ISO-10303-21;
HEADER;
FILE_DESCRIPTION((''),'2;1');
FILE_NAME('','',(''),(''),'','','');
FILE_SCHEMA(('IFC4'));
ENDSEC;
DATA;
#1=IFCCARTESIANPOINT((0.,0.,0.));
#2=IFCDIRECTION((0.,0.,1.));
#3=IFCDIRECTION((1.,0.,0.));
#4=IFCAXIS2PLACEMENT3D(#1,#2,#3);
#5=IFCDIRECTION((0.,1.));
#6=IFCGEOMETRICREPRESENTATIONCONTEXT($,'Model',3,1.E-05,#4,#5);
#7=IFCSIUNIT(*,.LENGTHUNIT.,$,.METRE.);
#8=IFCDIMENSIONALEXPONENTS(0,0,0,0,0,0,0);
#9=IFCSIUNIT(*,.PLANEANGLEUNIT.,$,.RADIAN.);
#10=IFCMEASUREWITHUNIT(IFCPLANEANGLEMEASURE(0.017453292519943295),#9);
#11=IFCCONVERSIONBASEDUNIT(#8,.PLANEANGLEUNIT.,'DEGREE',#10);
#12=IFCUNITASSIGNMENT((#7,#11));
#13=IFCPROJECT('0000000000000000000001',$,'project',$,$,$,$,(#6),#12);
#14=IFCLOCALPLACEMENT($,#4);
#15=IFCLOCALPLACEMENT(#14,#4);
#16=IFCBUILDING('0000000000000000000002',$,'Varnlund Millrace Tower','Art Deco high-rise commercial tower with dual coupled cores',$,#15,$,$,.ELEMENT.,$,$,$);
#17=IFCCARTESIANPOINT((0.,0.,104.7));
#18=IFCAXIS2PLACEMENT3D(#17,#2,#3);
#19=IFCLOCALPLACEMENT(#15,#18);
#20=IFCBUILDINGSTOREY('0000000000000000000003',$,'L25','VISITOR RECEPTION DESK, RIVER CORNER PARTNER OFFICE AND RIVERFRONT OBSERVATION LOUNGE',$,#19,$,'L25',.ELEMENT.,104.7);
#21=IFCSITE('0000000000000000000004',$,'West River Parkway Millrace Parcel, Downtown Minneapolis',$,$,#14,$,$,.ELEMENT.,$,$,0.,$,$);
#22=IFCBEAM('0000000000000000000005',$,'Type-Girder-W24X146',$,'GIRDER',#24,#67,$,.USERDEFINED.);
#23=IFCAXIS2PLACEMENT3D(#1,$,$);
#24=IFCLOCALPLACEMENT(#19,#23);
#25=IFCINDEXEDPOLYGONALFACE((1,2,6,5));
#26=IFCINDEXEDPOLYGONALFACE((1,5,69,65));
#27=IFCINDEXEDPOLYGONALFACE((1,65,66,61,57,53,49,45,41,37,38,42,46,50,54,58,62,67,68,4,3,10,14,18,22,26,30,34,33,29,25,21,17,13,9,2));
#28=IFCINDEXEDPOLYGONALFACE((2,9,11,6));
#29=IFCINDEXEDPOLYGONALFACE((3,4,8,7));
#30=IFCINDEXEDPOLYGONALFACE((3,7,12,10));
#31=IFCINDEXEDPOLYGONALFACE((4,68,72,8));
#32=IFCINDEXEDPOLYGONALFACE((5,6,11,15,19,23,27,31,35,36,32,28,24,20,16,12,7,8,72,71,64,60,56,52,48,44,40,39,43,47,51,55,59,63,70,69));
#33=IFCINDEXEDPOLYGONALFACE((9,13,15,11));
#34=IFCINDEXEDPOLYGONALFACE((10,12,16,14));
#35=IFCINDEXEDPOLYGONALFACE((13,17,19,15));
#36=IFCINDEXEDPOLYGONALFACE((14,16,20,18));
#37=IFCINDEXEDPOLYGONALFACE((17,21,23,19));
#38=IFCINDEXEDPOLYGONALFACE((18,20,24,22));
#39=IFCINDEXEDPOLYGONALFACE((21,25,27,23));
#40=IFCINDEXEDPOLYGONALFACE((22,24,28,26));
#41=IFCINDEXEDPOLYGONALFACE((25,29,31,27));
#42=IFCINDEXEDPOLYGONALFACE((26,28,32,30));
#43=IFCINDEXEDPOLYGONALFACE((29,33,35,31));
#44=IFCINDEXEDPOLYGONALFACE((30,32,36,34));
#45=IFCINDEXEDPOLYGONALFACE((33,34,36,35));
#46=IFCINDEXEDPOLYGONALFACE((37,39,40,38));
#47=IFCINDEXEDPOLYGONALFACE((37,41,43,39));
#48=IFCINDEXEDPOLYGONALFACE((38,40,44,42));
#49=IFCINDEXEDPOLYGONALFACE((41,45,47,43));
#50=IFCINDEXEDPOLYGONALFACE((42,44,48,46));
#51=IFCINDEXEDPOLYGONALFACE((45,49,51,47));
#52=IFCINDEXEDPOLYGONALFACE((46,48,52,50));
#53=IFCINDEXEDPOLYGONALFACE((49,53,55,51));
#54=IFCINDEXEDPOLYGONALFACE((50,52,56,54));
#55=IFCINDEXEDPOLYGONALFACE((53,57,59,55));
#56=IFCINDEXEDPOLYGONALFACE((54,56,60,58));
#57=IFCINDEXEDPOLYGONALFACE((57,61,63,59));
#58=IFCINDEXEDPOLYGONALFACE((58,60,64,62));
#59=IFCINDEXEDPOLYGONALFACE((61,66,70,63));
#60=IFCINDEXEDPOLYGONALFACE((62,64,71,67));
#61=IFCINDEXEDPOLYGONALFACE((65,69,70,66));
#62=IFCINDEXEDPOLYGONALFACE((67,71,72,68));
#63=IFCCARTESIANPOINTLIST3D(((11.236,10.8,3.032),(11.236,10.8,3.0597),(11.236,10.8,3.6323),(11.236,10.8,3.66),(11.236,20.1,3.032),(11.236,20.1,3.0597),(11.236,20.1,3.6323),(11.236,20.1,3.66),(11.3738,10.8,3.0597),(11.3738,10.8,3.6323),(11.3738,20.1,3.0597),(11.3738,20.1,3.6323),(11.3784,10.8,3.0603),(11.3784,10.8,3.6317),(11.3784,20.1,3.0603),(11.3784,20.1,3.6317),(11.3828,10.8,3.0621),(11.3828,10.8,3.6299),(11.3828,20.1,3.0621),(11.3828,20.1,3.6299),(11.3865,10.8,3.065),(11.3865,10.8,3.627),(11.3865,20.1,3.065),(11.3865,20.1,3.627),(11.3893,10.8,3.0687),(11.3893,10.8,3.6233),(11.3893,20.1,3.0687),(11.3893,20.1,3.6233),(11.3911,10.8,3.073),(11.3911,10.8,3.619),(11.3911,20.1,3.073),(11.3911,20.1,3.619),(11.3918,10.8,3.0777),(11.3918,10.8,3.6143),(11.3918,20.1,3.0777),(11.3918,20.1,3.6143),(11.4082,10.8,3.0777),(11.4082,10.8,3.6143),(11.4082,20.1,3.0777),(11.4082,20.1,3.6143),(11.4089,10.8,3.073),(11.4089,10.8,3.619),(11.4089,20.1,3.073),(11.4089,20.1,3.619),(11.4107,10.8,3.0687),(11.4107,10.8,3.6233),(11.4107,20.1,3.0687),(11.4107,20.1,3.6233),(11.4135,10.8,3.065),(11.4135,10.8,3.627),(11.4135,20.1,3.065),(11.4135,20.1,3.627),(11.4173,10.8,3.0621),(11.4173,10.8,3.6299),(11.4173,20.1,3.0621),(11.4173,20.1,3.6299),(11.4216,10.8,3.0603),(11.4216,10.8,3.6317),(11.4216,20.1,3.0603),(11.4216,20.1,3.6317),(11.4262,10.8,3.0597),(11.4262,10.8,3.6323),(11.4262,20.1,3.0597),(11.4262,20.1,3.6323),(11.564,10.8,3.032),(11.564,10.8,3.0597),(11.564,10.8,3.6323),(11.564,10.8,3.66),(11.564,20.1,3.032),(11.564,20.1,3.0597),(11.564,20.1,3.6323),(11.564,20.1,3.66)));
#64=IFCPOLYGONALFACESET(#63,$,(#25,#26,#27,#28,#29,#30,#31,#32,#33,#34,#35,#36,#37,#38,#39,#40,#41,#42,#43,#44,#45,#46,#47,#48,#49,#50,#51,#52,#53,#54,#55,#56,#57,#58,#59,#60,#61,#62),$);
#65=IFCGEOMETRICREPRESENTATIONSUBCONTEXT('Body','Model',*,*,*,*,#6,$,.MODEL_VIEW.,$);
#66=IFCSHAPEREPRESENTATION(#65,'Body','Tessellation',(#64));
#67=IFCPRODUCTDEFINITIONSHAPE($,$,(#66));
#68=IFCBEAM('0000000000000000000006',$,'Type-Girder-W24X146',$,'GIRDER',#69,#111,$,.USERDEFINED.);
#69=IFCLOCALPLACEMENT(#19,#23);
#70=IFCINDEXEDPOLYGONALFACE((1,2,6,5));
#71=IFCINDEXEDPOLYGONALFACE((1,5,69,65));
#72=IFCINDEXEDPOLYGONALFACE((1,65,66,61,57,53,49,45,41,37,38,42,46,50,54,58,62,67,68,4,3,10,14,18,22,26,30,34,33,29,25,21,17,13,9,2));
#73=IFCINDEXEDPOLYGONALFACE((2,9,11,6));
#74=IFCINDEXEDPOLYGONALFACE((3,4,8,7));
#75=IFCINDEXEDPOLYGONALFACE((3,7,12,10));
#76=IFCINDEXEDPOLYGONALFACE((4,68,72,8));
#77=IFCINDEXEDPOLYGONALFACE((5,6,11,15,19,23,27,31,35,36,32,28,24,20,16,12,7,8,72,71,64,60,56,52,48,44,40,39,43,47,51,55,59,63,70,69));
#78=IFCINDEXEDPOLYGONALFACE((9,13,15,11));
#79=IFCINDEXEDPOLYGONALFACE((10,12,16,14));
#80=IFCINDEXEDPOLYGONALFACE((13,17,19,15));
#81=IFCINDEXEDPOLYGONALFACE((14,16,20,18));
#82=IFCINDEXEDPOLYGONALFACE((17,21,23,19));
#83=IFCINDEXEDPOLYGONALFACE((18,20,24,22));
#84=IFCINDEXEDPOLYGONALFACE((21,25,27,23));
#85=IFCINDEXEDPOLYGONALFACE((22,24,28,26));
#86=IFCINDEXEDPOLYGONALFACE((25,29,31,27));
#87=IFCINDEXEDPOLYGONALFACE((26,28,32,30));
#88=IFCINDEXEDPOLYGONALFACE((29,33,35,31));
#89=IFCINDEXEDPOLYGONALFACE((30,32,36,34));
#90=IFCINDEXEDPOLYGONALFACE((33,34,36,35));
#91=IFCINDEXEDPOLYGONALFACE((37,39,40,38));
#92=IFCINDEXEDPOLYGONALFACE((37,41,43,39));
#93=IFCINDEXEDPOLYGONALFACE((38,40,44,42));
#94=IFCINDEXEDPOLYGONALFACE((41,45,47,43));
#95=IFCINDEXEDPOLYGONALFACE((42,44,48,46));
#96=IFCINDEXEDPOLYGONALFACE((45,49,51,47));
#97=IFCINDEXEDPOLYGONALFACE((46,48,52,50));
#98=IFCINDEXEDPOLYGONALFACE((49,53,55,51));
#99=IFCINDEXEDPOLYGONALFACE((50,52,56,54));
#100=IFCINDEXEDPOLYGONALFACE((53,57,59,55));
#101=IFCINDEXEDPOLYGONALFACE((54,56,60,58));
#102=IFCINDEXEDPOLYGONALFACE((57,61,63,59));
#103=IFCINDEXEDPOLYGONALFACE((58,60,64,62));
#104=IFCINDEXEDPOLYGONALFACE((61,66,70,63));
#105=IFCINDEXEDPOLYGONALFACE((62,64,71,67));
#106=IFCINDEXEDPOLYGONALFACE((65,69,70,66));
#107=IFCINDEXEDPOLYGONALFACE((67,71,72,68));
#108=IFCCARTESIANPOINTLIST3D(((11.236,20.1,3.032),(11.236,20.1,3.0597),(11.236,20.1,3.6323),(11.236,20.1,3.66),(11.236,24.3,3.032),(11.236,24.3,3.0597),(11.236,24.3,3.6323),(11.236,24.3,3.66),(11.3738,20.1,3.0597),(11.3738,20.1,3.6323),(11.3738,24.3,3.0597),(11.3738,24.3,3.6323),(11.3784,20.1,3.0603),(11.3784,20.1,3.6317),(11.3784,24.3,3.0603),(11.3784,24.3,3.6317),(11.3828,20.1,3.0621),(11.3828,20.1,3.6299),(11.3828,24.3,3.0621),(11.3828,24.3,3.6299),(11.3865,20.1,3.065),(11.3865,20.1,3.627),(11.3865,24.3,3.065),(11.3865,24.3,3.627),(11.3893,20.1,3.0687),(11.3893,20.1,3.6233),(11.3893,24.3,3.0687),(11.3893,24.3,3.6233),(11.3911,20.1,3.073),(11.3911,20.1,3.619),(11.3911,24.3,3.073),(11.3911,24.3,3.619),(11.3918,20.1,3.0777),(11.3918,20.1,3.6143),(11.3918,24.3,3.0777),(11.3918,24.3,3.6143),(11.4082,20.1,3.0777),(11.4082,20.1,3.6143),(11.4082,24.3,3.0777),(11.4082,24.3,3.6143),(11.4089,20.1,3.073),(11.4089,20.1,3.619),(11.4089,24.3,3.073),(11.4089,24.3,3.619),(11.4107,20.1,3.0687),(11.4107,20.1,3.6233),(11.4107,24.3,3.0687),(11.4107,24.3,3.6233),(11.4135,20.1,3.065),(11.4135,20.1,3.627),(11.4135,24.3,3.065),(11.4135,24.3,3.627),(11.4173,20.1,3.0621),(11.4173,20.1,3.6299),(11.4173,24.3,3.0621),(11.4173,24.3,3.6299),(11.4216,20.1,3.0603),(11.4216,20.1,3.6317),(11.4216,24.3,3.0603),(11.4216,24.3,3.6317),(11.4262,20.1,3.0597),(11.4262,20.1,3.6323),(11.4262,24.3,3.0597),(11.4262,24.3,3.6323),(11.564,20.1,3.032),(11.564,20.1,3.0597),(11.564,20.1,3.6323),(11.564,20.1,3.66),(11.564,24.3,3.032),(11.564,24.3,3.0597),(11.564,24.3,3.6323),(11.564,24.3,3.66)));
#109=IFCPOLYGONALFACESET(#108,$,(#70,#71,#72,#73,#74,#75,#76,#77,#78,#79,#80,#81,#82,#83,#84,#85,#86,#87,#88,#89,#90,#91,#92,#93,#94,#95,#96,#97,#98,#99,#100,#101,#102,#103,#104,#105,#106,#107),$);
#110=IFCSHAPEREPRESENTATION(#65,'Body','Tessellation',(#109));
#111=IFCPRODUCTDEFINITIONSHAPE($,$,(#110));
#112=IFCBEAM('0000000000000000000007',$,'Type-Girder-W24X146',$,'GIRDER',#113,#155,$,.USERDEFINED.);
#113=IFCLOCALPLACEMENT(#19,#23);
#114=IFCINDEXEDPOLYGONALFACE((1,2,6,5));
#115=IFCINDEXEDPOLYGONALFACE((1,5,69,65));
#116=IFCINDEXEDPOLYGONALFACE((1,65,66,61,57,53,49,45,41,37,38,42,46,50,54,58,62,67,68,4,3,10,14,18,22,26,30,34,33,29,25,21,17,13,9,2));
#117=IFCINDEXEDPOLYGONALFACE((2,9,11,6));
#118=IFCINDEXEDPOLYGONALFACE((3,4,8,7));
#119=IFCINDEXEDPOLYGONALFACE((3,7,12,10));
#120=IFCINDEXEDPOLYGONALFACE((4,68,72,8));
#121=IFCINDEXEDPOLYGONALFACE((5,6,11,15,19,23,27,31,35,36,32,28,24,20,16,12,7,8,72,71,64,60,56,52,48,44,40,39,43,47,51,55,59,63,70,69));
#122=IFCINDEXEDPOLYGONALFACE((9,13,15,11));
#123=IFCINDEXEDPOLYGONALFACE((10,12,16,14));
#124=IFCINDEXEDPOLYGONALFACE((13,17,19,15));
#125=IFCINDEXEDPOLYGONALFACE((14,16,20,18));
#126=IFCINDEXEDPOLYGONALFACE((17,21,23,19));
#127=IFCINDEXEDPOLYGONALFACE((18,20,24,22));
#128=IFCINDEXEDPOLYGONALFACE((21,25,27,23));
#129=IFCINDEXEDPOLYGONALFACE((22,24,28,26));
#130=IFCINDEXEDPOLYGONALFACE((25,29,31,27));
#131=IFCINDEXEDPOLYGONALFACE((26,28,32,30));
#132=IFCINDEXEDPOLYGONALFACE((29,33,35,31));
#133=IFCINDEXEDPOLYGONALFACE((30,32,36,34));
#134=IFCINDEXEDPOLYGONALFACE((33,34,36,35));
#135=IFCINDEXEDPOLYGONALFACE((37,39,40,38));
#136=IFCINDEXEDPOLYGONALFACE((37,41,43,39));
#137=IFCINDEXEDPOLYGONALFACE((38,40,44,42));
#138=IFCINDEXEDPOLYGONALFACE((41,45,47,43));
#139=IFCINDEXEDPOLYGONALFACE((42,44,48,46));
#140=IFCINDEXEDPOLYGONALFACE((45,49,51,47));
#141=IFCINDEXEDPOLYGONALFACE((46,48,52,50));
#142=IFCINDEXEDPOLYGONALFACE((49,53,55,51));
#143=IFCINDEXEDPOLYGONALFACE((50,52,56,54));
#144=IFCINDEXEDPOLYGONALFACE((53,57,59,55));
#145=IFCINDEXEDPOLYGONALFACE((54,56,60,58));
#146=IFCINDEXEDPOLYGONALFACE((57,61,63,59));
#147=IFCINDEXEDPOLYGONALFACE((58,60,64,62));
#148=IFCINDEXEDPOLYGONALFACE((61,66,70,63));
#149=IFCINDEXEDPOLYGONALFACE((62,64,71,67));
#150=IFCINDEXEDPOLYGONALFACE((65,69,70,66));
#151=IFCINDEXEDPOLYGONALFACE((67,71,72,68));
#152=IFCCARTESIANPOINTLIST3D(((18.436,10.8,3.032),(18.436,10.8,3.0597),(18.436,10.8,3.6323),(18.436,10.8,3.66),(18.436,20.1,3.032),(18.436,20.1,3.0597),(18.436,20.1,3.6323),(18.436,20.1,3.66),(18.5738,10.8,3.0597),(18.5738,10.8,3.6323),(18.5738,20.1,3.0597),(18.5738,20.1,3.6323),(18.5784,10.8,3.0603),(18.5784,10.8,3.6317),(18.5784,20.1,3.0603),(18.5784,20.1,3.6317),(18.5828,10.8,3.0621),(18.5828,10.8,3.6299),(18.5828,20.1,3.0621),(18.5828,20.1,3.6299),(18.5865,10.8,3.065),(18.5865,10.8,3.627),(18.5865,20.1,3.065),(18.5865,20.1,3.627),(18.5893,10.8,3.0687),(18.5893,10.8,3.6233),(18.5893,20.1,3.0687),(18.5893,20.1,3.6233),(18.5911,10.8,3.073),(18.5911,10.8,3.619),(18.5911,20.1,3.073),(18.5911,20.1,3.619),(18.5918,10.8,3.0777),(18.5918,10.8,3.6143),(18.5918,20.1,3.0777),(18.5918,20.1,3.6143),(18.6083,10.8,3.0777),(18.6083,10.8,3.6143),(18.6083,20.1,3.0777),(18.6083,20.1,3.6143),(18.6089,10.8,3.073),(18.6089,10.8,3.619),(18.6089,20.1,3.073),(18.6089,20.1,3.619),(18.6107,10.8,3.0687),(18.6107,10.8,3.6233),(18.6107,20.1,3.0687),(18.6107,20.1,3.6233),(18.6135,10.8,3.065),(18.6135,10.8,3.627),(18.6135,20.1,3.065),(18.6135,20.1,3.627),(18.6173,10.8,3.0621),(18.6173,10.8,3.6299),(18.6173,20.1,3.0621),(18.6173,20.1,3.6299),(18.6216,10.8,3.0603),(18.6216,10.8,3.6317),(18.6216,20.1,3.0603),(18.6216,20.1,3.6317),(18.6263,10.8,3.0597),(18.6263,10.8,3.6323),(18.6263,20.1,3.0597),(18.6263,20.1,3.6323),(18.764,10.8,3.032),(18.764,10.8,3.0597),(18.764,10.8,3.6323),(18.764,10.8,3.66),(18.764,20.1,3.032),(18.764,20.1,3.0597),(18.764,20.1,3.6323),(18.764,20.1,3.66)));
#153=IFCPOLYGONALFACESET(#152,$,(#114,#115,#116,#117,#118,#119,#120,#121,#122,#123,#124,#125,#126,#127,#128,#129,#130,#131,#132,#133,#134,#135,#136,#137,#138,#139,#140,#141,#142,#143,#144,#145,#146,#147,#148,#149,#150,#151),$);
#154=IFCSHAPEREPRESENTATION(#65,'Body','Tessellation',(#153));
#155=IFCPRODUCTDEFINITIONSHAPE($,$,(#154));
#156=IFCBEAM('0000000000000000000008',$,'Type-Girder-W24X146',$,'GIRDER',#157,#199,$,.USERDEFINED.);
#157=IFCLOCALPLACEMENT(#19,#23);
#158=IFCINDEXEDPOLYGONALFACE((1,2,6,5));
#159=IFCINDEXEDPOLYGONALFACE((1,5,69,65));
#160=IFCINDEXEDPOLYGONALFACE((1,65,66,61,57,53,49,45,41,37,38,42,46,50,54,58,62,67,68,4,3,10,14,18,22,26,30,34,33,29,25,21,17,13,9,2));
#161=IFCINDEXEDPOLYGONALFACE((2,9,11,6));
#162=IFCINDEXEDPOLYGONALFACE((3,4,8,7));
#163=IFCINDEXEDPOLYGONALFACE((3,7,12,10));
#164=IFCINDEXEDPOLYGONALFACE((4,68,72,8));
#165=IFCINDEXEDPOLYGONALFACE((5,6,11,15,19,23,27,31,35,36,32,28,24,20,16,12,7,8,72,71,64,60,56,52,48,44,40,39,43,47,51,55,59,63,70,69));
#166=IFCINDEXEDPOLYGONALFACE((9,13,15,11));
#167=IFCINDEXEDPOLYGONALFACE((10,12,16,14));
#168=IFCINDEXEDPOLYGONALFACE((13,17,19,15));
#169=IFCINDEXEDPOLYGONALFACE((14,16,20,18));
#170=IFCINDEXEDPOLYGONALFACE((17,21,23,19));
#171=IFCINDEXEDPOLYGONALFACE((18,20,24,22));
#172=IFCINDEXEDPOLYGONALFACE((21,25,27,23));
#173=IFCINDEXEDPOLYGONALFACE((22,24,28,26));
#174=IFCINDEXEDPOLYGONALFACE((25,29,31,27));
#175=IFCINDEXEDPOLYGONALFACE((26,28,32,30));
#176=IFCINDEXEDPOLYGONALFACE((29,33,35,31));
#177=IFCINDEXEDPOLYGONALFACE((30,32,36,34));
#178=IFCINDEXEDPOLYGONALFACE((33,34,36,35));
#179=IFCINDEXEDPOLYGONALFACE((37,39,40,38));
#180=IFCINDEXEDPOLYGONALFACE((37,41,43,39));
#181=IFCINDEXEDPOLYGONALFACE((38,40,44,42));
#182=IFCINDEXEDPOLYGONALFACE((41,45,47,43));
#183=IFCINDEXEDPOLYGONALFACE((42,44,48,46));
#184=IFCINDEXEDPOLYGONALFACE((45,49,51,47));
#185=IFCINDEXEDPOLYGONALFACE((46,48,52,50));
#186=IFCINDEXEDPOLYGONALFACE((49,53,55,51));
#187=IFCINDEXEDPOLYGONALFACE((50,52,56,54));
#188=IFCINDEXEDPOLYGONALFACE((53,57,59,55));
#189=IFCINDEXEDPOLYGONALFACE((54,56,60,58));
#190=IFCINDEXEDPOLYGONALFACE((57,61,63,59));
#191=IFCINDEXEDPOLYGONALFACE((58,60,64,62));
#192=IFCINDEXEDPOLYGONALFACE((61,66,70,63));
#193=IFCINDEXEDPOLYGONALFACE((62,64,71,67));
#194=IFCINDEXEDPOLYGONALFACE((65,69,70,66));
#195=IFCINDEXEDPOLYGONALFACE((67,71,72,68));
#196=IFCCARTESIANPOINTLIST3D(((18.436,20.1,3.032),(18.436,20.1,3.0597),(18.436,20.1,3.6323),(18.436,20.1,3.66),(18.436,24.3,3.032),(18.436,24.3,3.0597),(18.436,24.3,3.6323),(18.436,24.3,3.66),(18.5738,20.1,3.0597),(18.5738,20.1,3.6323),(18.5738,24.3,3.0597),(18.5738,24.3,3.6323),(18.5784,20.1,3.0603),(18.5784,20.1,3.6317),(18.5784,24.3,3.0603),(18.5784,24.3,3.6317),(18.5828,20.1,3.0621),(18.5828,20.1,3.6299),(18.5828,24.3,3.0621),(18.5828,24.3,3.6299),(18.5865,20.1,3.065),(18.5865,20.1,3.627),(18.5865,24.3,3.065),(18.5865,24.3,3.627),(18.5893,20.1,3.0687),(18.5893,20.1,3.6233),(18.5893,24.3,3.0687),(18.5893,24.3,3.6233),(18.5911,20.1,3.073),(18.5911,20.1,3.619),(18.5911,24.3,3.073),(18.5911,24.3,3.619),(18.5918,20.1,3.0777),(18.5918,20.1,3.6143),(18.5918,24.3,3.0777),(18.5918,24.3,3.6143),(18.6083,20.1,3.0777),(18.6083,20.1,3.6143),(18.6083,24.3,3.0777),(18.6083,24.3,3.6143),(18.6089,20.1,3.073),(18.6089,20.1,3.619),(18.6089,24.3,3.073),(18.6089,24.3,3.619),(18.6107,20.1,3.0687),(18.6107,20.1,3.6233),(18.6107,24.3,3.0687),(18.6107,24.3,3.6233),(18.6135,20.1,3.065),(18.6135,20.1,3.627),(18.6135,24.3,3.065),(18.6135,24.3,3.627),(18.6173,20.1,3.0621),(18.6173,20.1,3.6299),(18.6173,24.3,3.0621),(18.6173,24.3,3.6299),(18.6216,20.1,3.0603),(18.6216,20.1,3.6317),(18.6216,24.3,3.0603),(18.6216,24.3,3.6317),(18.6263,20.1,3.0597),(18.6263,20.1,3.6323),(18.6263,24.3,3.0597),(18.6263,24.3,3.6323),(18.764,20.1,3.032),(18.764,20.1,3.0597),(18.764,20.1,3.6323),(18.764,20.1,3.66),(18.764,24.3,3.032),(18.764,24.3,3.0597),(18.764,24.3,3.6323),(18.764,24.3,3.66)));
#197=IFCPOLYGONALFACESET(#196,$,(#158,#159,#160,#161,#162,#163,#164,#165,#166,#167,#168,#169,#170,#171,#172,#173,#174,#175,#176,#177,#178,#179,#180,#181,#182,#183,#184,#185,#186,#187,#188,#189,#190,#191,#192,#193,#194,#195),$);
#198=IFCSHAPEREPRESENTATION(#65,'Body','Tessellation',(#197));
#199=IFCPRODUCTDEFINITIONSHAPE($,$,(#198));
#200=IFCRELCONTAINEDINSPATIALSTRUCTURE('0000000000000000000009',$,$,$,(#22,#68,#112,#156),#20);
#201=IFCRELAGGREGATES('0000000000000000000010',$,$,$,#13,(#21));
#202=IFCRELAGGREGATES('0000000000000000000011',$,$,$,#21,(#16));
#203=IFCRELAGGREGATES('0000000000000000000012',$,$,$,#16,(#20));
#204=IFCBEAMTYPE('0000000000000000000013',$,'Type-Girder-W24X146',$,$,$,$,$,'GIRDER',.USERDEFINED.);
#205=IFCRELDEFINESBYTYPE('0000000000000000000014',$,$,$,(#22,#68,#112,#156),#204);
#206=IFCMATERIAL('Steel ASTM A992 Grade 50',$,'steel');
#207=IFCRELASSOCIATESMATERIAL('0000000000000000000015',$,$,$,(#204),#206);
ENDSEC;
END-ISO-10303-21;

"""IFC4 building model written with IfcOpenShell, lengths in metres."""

from ifc_helpers import new_model, entity, si_unit, converted_unit, direction, frame, origin_with_axes, origin_2d_with_axis, place, context, subcontext, project, spatial, i_section, extrude, material, material_profile, profile_set, type_object, element, save


model = new_model("IFC4")

# Units and contexts
model_context = context("Model", 3, precision=1e-05, world=origin_with_axes(), true_north=direction((0.0, 1.0)))
body_context = subcontext(model_context, "Body", "Model", "MODEL_VIEW")
ifc_project = project(units=[si_unit("LENGTHUNIT", "METRE"), converted_unit("PLANEANGLEUNIT", "DEGREE", entity("IfcPlaneAngleMeasure", 0.017453292519943295), si_unit("PLANEANGLEUNIT", "RADIAN"), dimensions=[0, 0, 0, 0, 0, 0, 0])], contexts=[model_context])

# Site, building, storey
site_placement = place(None, origin_with_axes())
site = spatial("IfcSite", under=ifc_project, at=site_placement, Name="West River Parkway Millrace Parcel, Downtown Minneapolis", CompositionType="ELEMENT", RefElevation=0.0)
building_placement = place(site_placement, origin_with_axes())
building = spatial("IfcBuilding", under=site, at=building_placement, Name="Varnlund Millrace Tower", Description="Art Deco high-rise commercial tower with dual coupled cores", CompositionType="ELEMENT")
storey_placement = place(building_placement, frame((0.0, 0.0, 104.7), z_axis=(0.0, 0.0, 1.0), x_axis=(1.0, 0.0, 0.0)))
storey = spatial("IfcBuildingStorey", under=building, at=storey_placement, Name="L25", Description="VISITOR RECEPTION DESK, RIVER CORNER PARTNER OFFICE AND RIVERFRONT OBSERVATION LOUNGE", LongName="L25", CompositionType="ELEMENT", Elevation=104.7)

# Beams
ifc_material_1 = material(Name="Steel ASTM A992 Grade 50", Category="steel")
ifc_material_profile_1 = material_profile(ifc_material_1, i_section(OverallWidth=0.328, OverallDepth=0.628, WebThickness=0.0165, FlangeThickness=0.0277, FilletRadius=0.018, at=origin_2d_with_axis()), Name="Steel ASTM A992 Grade 50")
ifc_profile_set_1 = profile_set([ifc_material_profile_1], Name="Steel ASTM A992 Grade 50")
beam_type_1 = type_object("IfcBeamType", Name="Type-Girder-W24X146", ElementType="GIRDER", PredefinedType="USERDEFINED", material=ifc_profile_set_1)
beam_1_placement = place(storey_placement, frame((11.4, 10.8, 3.346), z_axis=(0.0, 1.0, 0.0), x_axis=(-1.0, 0.0, 0.0)))
element("IfcBeam", 1, at=beam_1_placement, inside=storey, type_object=beam_type_1, Name="Type-Girder-W24X146", ObjectType="GIRDER", PredefinedType="USERDEFINED", context=body_context, shape_type="SweptSolid", body=[
    extrude(i_section(OverallWidth=0.328, OverallDepth=0.628, WebThickness=0.0165, FlangeThickness=0.0277, FilletRadius=0.018, at=origin_2d_with_axis()), origin_with_axes(), (0.0, 0.0, 1.0), 9.3),
])
beam_2_placement = place(storey_placement, frame((11.4, 20.1, 3.346), z_axis=(0.0, 1.0, 0.0), x_axis=(-1.0, 0.0, 0.0)))
element("IfcBeam", 2, at=beam_2_placement, inside=storey, type_object=beam_type_1, Name="Type-Girder-W24X146", ObjectType="GIRDER", PredefinedType="USERDEFINED", context=body_context, shape_type="SweptSolid", body=[
    extrude(i_section(OverallWidth=0.328, OverallDepth=0.628, WebThickness=0.0165, FlangeThickness=0.0277, FilletRadius=0.018, at=origin_2d_with_axis()), origin_with_axes(), (0.0, 0.0, 1.0), 4.2),
])
beam_3_placement = place(storey_placement, frame((18.6, 10.8, 3.346), z_axis=(0.0, 1.0, 0.0), x_axis=(-1.0, 0.0, 0.0)))
element("IfcBeam", 3, at=beam_3_placement, inside=storey, type_object=beam_type_1, Name="Type-Girder-W24X146", ObjectType="GIRDER", PredefinedType="USERDEFINED", context=body_context, shape_type="SweptSolid", body=[
    extrude(i_section(OverallWidth=0.328, OverallDepth=0.628, WebThickness=0.0165, FlangeThickness=0.0277, FilletRadius=0.018, at=origin_2d_with_axis()), origin_with_axes(), (0.0, 0.0, 1.0), 9.3),
])
beam_4_placement = place(storey_placement, frame((18.6, 20.1, 3.346), z_axis=(0.0, 1.0, 0.0), x_axis=(-1.0, 0.0, 0.0)))
element("IfcBeam", 4, at=beam_4_placement, inside=storey, type_object=beam_type_1, Name="Type-Girder-W24X146", ObjectType="GIRDER", PredefinedType="USERDEFINED", context=body_context, shape_type="SweptSolid", body=[
    extrude(i_section(OverallWidth=0.328, OverallDepth=0.628, WebThickness=0.0165, FlangeThickness=0.0277, FilletRadius=0.018, at=origin_2d_with_axis()), origin_with_axes(), (0.0, 0.0, 1.0), 4.2),
])

save(model, "model.ifc")
